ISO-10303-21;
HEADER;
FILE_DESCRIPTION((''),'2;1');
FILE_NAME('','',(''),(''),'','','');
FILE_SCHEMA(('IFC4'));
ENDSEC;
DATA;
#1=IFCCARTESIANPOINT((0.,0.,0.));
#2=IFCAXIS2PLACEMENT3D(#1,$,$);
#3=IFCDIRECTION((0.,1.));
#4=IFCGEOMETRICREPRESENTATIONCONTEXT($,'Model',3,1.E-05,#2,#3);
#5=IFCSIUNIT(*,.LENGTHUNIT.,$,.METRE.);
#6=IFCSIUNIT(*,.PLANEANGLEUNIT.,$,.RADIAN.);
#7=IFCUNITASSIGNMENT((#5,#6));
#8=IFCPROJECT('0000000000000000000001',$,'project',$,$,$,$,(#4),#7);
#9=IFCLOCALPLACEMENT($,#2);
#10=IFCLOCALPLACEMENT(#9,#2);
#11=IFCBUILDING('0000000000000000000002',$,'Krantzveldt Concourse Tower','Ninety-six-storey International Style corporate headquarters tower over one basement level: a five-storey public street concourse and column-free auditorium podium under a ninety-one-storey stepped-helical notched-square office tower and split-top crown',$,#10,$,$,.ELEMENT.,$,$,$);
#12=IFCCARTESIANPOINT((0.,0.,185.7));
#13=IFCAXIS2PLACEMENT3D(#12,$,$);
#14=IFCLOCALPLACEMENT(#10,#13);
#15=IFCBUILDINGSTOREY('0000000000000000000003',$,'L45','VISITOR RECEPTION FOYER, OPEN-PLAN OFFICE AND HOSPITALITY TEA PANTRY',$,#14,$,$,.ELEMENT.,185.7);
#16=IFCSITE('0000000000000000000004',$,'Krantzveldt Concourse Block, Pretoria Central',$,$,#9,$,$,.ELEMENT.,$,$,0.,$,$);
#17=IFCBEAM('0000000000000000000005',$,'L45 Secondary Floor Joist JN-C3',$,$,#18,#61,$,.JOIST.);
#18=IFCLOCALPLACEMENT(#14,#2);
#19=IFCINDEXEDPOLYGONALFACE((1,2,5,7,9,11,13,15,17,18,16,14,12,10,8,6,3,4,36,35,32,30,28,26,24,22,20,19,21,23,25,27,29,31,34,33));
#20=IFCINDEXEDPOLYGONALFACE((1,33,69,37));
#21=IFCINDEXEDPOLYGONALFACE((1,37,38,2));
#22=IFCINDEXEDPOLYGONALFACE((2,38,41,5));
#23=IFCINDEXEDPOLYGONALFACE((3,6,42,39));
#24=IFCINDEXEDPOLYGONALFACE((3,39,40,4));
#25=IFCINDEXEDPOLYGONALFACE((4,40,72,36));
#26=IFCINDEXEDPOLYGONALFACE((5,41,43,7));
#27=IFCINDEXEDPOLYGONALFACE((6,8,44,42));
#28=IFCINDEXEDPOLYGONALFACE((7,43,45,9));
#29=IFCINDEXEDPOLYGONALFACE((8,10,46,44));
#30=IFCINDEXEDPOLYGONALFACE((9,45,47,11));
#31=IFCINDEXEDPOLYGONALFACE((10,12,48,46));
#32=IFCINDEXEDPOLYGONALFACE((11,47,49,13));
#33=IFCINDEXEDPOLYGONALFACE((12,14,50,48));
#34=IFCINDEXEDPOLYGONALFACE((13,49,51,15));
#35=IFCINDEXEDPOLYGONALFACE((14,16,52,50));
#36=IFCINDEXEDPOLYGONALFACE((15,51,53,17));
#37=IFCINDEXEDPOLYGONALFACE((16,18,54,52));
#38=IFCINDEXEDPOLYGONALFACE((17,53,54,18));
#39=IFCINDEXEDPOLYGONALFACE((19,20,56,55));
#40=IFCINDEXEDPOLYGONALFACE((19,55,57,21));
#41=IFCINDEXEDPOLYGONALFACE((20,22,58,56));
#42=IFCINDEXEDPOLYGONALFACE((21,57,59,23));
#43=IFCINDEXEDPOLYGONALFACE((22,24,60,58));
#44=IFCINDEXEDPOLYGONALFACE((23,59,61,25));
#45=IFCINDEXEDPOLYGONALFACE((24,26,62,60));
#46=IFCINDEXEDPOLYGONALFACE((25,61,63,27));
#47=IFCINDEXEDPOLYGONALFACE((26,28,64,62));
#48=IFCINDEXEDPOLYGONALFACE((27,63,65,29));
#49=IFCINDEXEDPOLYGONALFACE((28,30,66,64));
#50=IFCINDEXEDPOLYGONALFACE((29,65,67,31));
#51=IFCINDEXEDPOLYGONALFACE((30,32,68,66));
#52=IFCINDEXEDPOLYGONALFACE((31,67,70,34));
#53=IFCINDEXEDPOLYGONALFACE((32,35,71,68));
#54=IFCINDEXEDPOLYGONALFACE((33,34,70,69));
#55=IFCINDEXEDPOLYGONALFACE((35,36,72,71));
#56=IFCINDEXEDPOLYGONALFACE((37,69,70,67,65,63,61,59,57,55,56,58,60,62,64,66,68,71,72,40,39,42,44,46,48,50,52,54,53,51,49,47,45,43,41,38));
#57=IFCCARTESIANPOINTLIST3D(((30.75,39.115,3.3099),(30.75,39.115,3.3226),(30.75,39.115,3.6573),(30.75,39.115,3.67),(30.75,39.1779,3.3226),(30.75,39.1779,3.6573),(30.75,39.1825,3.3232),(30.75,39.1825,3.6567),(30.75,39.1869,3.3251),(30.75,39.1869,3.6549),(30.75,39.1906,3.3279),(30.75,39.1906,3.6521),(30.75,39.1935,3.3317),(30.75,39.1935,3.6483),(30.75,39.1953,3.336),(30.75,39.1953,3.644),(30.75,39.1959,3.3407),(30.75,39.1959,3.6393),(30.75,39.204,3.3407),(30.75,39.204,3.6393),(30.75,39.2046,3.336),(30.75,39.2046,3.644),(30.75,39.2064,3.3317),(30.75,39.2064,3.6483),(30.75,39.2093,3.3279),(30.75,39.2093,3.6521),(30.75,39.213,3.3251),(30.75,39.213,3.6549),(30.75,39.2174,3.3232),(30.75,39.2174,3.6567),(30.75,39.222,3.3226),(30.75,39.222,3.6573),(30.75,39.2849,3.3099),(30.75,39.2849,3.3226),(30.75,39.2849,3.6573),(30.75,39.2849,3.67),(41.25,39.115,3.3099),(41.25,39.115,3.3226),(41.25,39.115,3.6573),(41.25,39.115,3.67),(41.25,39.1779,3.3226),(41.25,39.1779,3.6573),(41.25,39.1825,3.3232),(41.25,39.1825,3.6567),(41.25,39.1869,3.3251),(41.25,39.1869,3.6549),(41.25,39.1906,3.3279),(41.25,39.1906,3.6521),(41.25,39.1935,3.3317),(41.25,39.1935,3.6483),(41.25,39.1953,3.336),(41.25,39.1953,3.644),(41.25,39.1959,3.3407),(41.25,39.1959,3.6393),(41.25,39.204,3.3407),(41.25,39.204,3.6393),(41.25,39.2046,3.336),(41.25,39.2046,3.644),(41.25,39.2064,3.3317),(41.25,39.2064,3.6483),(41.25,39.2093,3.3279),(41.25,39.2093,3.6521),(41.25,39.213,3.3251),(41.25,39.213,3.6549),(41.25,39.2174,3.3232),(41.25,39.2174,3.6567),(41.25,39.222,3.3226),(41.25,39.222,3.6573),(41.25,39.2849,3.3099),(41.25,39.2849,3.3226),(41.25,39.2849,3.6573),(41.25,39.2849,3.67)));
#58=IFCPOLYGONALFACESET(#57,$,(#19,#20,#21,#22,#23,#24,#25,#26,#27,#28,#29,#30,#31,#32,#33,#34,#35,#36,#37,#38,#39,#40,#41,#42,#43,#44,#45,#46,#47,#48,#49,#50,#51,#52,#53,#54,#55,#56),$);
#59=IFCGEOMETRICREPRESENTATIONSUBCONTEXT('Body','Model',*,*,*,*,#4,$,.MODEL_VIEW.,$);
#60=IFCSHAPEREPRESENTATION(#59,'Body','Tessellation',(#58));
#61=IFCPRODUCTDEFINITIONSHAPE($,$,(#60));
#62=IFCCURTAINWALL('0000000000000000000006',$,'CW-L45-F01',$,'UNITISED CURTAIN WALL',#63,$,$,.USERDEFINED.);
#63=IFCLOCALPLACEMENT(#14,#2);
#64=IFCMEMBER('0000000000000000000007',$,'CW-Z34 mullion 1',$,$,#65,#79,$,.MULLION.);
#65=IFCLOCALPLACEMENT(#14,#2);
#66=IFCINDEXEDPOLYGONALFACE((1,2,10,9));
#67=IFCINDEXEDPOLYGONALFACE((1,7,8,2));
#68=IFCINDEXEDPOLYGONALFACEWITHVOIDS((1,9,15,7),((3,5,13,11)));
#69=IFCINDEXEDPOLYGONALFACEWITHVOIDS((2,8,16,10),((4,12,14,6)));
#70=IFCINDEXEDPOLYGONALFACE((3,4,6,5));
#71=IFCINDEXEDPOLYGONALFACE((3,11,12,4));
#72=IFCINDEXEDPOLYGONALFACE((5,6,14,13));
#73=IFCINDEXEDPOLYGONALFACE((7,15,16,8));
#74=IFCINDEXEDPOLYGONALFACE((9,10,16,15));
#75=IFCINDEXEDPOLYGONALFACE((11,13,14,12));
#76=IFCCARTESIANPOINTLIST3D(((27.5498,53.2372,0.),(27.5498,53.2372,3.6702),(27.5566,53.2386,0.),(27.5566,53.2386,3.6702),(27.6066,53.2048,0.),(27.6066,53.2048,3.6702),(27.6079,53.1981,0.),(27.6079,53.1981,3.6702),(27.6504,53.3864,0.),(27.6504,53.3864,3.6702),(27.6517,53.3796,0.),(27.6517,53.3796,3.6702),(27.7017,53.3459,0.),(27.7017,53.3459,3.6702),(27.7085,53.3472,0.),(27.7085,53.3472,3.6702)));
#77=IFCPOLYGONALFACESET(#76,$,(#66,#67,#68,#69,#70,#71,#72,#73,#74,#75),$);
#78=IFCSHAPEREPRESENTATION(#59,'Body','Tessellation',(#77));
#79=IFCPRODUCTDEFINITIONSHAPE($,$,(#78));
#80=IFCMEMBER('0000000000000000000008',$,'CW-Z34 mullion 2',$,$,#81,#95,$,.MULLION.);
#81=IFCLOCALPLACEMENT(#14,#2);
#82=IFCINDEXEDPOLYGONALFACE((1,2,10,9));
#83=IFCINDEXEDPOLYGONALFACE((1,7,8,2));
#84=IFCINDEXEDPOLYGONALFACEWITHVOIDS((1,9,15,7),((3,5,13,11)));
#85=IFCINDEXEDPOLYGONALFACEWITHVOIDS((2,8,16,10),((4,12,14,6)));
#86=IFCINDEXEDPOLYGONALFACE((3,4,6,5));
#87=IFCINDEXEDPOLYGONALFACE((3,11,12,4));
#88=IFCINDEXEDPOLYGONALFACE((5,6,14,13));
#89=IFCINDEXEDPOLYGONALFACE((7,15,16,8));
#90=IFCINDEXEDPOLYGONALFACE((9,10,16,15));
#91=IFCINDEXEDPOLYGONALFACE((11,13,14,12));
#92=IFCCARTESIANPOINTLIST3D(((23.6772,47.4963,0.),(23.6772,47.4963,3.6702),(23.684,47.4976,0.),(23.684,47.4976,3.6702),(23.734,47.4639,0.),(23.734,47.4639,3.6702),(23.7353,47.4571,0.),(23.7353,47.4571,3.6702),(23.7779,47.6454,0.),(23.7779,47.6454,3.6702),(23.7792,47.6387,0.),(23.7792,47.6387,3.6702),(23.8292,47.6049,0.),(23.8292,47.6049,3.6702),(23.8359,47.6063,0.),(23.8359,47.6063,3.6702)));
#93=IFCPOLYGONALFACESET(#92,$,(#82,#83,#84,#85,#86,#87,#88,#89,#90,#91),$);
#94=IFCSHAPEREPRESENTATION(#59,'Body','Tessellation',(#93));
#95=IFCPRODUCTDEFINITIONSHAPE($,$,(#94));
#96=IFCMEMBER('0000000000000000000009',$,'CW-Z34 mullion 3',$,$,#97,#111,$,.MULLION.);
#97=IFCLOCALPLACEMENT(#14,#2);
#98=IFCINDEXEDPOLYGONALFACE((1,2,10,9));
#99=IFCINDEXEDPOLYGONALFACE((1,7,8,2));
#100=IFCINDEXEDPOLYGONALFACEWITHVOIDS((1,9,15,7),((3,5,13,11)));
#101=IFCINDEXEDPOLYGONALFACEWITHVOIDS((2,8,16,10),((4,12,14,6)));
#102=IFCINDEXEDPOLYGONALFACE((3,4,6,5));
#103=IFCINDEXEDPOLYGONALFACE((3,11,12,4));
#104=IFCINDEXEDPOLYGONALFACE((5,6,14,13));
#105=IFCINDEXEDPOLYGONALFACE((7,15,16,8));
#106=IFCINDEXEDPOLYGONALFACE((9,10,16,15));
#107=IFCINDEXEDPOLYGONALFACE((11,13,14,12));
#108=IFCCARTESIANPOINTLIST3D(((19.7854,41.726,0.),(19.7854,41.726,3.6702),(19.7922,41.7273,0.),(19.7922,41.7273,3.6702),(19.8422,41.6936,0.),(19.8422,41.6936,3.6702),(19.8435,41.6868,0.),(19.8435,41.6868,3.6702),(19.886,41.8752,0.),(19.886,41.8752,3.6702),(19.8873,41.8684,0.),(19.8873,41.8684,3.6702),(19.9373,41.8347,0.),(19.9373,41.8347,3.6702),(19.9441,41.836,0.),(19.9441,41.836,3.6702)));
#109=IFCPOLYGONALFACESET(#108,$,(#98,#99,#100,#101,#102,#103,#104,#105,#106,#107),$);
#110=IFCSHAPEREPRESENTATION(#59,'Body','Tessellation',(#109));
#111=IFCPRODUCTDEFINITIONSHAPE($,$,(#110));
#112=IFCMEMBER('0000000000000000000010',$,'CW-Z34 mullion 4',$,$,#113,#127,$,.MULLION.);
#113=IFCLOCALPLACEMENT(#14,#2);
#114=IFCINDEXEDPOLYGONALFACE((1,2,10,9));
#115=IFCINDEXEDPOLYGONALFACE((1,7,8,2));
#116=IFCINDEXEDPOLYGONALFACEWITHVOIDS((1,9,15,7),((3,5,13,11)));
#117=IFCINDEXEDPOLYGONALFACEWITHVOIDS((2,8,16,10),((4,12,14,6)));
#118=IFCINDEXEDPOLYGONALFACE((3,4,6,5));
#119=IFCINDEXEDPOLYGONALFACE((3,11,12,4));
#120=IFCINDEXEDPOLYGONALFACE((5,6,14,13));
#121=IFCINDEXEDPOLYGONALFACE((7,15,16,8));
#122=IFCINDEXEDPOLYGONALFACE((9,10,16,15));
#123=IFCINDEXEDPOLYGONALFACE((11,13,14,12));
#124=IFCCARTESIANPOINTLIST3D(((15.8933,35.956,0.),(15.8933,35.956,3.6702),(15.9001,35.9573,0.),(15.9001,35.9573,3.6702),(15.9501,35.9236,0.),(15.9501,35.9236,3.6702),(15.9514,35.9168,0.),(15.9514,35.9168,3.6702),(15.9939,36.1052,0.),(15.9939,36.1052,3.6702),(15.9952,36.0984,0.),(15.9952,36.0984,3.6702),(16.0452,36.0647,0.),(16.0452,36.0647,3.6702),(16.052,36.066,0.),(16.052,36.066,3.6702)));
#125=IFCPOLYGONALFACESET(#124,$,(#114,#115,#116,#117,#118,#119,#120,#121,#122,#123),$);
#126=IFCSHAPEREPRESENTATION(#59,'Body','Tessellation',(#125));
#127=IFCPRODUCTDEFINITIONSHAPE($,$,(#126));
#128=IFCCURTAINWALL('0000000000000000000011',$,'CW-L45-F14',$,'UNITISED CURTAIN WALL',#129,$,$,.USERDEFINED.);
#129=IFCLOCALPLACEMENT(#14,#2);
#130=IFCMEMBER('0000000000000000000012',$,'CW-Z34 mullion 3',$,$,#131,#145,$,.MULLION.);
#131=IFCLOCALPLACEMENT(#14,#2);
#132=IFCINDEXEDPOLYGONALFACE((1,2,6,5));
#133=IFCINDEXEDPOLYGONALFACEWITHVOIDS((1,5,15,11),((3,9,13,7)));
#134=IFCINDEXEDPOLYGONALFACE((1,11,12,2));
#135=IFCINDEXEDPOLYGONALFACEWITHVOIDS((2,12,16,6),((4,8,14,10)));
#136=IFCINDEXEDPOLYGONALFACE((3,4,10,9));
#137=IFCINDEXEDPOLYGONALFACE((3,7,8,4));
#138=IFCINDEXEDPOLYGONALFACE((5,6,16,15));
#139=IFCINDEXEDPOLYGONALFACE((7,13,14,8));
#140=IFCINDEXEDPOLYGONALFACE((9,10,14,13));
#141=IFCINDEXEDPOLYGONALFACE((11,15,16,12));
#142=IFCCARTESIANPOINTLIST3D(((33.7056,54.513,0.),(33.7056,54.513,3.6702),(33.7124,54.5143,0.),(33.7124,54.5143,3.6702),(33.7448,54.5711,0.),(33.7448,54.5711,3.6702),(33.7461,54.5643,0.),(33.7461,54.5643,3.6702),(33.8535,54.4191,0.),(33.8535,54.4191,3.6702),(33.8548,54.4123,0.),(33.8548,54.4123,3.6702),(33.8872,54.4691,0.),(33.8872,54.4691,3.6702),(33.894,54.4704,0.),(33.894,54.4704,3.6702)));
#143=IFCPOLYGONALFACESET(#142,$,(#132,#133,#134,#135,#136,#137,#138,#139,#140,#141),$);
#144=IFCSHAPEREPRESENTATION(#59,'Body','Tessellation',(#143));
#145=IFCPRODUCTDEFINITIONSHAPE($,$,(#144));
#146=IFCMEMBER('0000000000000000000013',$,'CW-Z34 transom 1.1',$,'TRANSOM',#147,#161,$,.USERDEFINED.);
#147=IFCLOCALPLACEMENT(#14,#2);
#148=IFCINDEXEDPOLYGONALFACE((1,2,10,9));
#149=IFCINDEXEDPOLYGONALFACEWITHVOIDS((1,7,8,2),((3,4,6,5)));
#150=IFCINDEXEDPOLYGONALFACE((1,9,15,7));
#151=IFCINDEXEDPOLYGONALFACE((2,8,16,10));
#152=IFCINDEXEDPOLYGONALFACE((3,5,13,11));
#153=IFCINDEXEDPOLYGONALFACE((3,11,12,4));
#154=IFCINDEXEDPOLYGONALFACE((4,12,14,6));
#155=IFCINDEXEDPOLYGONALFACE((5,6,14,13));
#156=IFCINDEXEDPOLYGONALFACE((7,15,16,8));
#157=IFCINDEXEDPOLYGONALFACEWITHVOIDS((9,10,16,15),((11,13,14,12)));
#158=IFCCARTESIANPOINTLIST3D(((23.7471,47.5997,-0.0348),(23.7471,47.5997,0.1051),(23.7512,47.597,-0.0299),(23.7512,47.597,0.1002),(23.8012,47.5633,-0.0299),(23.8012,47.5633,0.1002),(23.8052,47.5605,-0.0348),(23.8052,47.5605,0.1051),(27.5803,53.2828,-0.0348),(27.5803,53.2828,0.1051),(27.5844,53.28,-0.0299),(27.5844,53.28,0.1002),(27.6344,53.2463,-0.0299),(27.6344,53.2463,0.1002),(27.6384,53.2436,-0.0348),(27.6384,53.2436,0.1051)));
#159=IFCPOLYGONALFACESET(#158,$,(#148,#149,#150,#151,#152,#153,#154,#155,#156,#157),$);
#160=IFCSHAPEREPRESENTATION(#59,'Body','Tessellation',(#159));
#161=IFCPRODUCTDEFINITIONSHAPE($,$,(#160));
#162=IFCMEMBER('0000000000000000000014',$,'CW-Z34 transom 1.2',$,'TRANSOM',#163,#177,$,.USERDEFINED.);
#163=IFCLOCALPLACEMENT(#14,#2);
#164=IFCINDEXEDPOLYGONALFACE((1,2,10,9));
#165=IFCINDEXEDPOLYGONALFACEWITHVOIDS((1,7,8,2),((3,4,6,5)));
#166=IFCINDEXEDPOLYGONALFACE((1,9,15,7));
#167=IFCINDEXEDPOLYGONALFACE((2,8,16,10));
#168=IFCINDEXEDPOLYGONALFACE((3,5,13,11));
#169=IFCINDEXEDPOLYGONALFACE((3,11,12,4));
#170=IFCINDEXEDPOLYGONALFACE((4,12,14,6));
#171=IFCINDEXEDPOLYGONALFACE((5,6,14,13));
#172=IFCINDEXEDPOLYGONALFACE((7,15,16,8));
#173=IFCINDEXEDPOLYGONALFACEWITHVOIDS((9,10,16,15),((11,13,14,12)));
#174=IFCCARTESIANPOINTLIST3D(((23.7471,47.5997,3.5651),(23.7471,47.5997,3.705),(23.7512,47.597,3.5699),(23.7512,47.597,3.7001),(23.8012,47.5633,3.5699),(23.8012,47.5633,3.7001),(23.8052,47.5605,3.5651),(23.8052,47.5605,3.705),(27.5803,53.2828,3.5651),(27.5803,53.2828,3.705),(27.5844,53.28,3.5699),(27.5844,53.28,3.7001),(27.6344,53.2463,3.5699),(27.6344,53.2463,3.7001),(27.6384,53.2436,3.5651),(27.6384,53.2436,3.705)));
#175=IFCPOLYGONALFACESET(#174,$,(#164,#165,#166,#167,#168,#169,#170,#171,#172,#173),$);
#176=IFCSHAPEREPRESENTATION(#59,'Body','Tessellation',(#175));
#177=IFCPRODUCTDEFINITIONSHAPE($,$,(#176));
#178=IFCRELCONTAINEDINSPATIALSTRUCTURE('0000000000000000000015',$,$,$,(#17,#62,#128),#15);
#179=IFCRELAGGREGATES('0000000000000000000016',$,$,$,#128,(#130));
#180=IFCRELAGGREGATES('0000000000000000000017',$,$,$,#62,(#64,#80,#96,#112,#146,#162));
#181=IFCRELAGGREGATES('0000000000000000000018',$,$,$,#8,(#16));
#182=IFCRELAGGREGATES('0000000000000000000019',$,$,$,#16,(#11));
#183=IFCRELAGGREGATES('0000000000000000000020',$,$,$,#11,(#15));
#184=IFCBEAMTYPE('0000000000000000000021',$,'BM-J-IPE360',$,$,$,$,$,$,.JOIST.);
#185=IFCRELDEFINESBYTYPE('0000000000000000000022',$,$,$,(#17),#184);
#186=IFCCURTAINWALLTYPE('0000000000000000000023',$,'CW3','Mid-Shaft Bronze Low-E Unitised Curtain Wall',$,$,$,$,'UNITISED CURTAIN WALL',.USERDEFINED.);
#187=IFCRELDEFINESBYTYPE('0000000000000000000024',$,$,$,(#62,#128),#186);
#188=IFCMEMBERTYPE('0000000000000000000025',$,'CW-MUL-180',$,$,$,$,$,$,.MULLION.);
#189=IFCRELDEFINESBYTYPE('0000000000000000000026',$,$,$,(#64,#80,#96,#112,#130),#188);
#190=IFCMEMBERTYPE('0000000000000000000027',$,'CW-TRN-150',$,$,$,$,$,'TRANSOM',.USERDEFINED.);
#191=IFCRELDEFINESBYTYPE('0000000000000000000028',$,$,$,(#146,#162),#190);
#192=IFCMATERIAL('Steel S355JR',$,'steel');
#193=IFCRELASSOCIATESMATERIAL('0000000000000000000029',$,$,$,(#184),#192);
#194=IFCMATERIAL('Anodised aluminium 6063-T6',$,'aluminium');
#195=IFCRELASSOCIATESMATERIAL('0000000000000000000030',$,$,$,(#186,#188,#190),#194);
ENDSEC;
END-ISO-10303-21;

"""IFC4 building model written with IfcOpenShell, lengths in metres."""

from ifc_helpers import new_model, si_unit, direction, frame, origin, origin_2d, place, context, subcontext, project, spatial, hollow_rectangle, i_section, extrude, source, transform, mapped, material, material_profile, profile_set, type_object, type_shapes, element, aggregate, save


model = new_model("IFC4")

# Units and contexts
model_context = context("Model", 3, precision=1e-05, world=origin(), true_north=direction((0.0, 1.0)))
body_context = subcontext(model_context, "Body", "Model", "MODEL_VIEW")
ifc_project = project(units=[si_unit("LENGTHUNIT", "METRE"), si_unit("PLANEANGLEUNIT", "RADIAN")], contexts=[model_context])

# Site, building, storey
site_placement = place(None, origin())
site = spatial("IfcSite", under=ifc_project, at=site_placement, Name="Krantzveldt Concourse Block, Pretoria Central", CompositionType="ELEMENT", RefElevation=0.0)
building_placement = place(site_placement, origin())
building = spatial("IfcBuilding", under=site, at=building_placement, Name="Krantzveldt Concourse Tower", Description="Ninety-six-storey International Style corporate headquarters tower over one basement level: a five-storey public street concourse and column-free auditorium podium under a ninety-one-storey stepped-helical notched-square office tower and split-top crown", CompositionType="ELEMENT")
storey_placement = place(building_placement, frame((0.0, 0.0, 185.7)))
storey = spatial("IfcBuildingStorey", under=building, at=storey_placement, Name="L45", Description="VISITOR RECEPTION FOYER, OPEN-PLAN OFFICE AND HOSPITALITY TEA PANTRY", CompositionType="ELEMENT", Elevation=185.7)

# Beam
ifc_material_1 = material(Name="Steel S355JR", Category="steel")
ifc_material_profile_1 = material_profile(ifc_material_1, i_section(OverallWidth=0.1699, OverallDepth=0.3601, WebThickness=0.0081, FlangeThickness=0.0127, FilletRadius=0.0181, at=origin_2d()), Name="Steel S355JR", Category="steel")
ifc_profile_set_1 = profile_set([ifc_material_profile_1], Name="Steel S355JR - IPE 360")
beam_type_1 = type_object("IfcBeamType", Name="BM-J-IPE360", PredefinedType="JOIST", material=ifc_profile_set_1)
shared_shape_1 = source(origin(), body_context, "Body", "SweptSolid", [
    extrude(i_section(OverallWidth=0.1699, OverallDepth=0.3601, WebThickness=0.0081, FlangeThickness=0.0127, FilletRadius=0.0181, at=origin_2d()), origin(), (0.0, 0.0, 1.0), 10.5),
])
type_shapes(beam_type_1, [shared_shape_1])
beam_1_placement = place(storey_placement, frame((30.75, 39.2, 3.49), z_axis=(1.0, 0.0, 0.0), x_axis=(0.0, 1.0, 0.0)))
element("IfcBeam", 1, at=beam_1_placement, inside=storey, type_object=beam_type_1, Name="L45 Secondary Floor Joist JN-C3", PredefinedType="JOIST", context=body_context, shape_type="MappedRepresentation", body=[
    mapped(shared_shape_1, transform((0.0, 0.0, 0.0), x_axis=(1.0, 0.0, 0.0), y_axis=(0.0, 1.0, 0.0), z_axis=(0.0, 0.0, 1.0), scale=1.0)),
])

# Curtain wall, members
ifc_material_2 = material(Name="Anodised aluminium 6063-T6", Category="aluminium")
curtain_wall_type = type_object("IfcCurtainWallType", Name="CW3", Description="Mid-Shaft Bronze Low-E Unitised Curtain Wall", ElementType="UNITISED CURTAIN WALL", PredefinedType="USERDEFINED", material=ifc_material_2)
curtain_wall_1_placement = place(storey_placement, origin())
curtain_wall_1 = element("IfcCurtainWall", 2, at=curtain_wall_1_placement, inside=storey, type_object=curtain_wall_type, Name="CW-L45-F01", ObjectType="UNITISED CURTAIN WALL", PredefinedType="USERDEFINED")
ifc_material_profile_2 = material_profile(ifc_material_2, hollow_rectangle(XDim=0.0701, YDim=0.1799, WallThickness=0.0049, at=origin_2d()), Name="Anodised aluminium 6063-T6", Category="aluminium")
ifc_profile_set_2 = profile_set([ifc_material_profile_2], Name="Anodised aluminium 6063-T6 - ALU-MULL 180x70x5")
member_type_1 = type_object("IfcMemberType", Name="CW-MUL-180", PredefinedType="MULLION", material=ifc_profile_set_2)
shared_shape_2 = source(origin(), body_context, "Body", "SweptSolid", [
    extrude(hollow_rectangle(XDim=0.0701, YDim=0.1799, WallThickness=0.0049, at=origin_2d()), origin(), (0.0, 0.0, 1.0), 3.6702),
])
type_shapes(member_type_1, [shared_shape_2])
member_1_placement = place(storey_placement, frame((27.6292, 53.2922, 0.0), z_axis=(0.0, 0.0, 1.0), x_axis=(0.829038, -0.559193, 0.0)))
member_1 = element("IfcMember", 3, at=member_1_placement, type_object=member_type_1, Name="CW-Z34 mullion 1", PredefinedType="MULLION", context=body_context, shape_type="MappedRepresentation", body=[
    mapped(shared_shape_2, transform((0.0, 0.0, 0.0), x_axis=(1.0, 0.0, 0.0), y_axis=(0.0, 1.0, 0.0), z_axis=(0.0, 0.0, 1.0), scale=1.0)),
])
member_2_placement = place(storey_placement, frame((23.7566, 47.5513, 0.0), z_axis=(0.0, 0.0, 1.0), x_axis=(0.829038, -0.559193, 0.0)))
member_2 = element("IfcMember", 4, at=member_2_placement, type_object=member_type_1, Name="CW-Z34 mullion 2", PredefinedType="MULLION", context=body_context, shape_type="MappedRepresentation", body=[
    mapped(shared_shape_2, transform((0.0, 0.0, 0.0), x_axis=(1.0, 0.0, 0.0), y_axis=(0.0, 1.0, 0.0), z_axis=(0.0, 0.0, 1.0), scale=1.0)),
])
member_3_placement = place(storey_placement, frame((19.8647, 41.781, 0.0), z_axis=(0.0, 0.0, 1.0), x_axis=(0.829038, -0.559193, 0.0)))
member_3 = element("IfcMember", 5, at=member_3_placement, type_object=member_type_1, Name="CW-Z34 mullion 3", PredefinedType="MULLION", context=body_context, shape_type="MappedRepresentation", body=[
    mapped(shared_shape_2, transform((0.0, 0.0, 0.0), x_axis=(1.0, 0.0, 0.0), y_axis=(0.0, 1.0, 0.0), z_axis=(0.0, 0.0, 1.0), scale=1.0)),
])
member_4_placement = place(storey_placement, frame((15.9727, 36.011, 0.0), z_axis=(0.0, 0.0, 1.0), x_axis=(0.829038, -0.559193, 0.0)))
member_4 = element("IfcMember", 6, at=member_4_placement, type_object=member_type_1, Name="CW-Z34 mullion 4", PredefinedType="MULLION", context=body_context, shape_type="MappedRepresentation", body=[
    mapped(shared_shape_2, transform((0.0, 0.0, 0.0), x_axis=(1.0, 0.0, 0.0), y_axis=(0.0, 1.0, 0.0), z_axis=(0.0, 0.0, 1.0), scale=1.0)),
])

# Curtain wall, member
curtain_wall_2_placement = place(storey_placement, origin())
curtain_wall_2 = element("IfcCurtainWall", 7, at=curtain_wall_2_placement, inside=storey, type_object=curtain_wall_type, Name="CW-L45-F14", ObjectType="UNITISED CURTAIN WALL", PredefinedType="USERDEFINED")
member_5_placement = place(storey_placement, frame((33.7998, 54.4917, 0.0), z_axis=(0.0, 0.0, 1.0), x_axis=(-0.559193, -0.829038, 0.0)))
member_5 = element("IfcMember", 8, at=member_5_placement, type_object=member_type_1, Name="CW-Z34 mullion 3", PredefinedType="MULLION", context=body_context, shape_type="MappedRepresentation", body=[
    mapped(shared_shape_2, transform((0.0, 0.0, 0.0), x_axis=(1.0, 0.0, 0.0), y_axis=(0.0, 1.0, 0.0), z_axis=(0.0, 0.0, 1.0), scale=1.0)),
])
aggregate(curtain_wall_2, [member_5])

# Members
ifc_material_profile_3 = material_profile(ifc_material_2, hollow_rectangle(XDim=0.0701, YDim=0.1399, WallThickness=0.0049, at=origin_2d()), Name="Anodised aluminium 6063-T6", Category="aluminium")
ifc_profile_set_3 = profile_set([ifc_material_profile_3], Name="Anodised aluminium 6063-T6 - ALU-TRAN 140x70x5")
member_type_2 = type_object("IfcMemberType", Name="CW-TRN-150", ElementType="TRANSOM", PredefinedType="USERDEFINED", material=ifc_profile_set_3)
shared_shape_3 = source(origin(), body_context, "Body", "SweptSolid", [
    extrude(hollow_rectangle(XDim=0.0701, YDim=0.1399, WallThickness=0.0049, at=origin_2d()), origin(), (0.0, 0.0, 1.0), 6.855),
])
member_6_placement = place(storey_placement, frame((27.6094, 53.2632, 0.0352), z_axis=(-0.559188, -0.829041, 0.0), x_axis=(0.829041, -0.559188, 0.0)))
member_6 = element("IfcMember", 9, at=member_6_placement, type_object=member_type_2, Name="CW-Z34 transom 1.1", ObjectType="TRANSOM", PredefinedType="USERDEFINED", context=body_context, shape_type="MappedRepresentation", body=[
    mapped(shared_shape_3, transform((0.0, 0.0, 0.0), x_axis=(1.0, 0.0, 0.0), y_axis=(0.0, 1.0, 0.0), z_axis=(0.0, 0.0, 1.0), scale=1.0)),
])
member_7_placement = place(storey_placement, frame((27.6094, 53.2632, 3.635), z_axis=(-0.559188, -0.829041, 0.0), x_axis=(0.829041, -0.559188, 0.0)))
member_7 = element("IfcMember", 10, at=member_7_placement, type_object=member_type_2, Name="CW-Z34 transom 1.2", ObjectType="TRANSOM", PredefinedType="USERDEFINED", context=body_context, shape_type="MappedRepresentation", body=[
    mapped(shared_shape_3, transform((0.0, 0.0, 0.0), x_axis=(1.0, 0.0, 0.0), y_axis=(0.0, 1.0, 0.0), z_axis=(0.0, 0.0, 1.0), scale=1.0)),
])

aggregate(curtain_wall_1, [member_1, member_2, member_3, member_4, member_6, member_7])

save(model, "model.ifc")
